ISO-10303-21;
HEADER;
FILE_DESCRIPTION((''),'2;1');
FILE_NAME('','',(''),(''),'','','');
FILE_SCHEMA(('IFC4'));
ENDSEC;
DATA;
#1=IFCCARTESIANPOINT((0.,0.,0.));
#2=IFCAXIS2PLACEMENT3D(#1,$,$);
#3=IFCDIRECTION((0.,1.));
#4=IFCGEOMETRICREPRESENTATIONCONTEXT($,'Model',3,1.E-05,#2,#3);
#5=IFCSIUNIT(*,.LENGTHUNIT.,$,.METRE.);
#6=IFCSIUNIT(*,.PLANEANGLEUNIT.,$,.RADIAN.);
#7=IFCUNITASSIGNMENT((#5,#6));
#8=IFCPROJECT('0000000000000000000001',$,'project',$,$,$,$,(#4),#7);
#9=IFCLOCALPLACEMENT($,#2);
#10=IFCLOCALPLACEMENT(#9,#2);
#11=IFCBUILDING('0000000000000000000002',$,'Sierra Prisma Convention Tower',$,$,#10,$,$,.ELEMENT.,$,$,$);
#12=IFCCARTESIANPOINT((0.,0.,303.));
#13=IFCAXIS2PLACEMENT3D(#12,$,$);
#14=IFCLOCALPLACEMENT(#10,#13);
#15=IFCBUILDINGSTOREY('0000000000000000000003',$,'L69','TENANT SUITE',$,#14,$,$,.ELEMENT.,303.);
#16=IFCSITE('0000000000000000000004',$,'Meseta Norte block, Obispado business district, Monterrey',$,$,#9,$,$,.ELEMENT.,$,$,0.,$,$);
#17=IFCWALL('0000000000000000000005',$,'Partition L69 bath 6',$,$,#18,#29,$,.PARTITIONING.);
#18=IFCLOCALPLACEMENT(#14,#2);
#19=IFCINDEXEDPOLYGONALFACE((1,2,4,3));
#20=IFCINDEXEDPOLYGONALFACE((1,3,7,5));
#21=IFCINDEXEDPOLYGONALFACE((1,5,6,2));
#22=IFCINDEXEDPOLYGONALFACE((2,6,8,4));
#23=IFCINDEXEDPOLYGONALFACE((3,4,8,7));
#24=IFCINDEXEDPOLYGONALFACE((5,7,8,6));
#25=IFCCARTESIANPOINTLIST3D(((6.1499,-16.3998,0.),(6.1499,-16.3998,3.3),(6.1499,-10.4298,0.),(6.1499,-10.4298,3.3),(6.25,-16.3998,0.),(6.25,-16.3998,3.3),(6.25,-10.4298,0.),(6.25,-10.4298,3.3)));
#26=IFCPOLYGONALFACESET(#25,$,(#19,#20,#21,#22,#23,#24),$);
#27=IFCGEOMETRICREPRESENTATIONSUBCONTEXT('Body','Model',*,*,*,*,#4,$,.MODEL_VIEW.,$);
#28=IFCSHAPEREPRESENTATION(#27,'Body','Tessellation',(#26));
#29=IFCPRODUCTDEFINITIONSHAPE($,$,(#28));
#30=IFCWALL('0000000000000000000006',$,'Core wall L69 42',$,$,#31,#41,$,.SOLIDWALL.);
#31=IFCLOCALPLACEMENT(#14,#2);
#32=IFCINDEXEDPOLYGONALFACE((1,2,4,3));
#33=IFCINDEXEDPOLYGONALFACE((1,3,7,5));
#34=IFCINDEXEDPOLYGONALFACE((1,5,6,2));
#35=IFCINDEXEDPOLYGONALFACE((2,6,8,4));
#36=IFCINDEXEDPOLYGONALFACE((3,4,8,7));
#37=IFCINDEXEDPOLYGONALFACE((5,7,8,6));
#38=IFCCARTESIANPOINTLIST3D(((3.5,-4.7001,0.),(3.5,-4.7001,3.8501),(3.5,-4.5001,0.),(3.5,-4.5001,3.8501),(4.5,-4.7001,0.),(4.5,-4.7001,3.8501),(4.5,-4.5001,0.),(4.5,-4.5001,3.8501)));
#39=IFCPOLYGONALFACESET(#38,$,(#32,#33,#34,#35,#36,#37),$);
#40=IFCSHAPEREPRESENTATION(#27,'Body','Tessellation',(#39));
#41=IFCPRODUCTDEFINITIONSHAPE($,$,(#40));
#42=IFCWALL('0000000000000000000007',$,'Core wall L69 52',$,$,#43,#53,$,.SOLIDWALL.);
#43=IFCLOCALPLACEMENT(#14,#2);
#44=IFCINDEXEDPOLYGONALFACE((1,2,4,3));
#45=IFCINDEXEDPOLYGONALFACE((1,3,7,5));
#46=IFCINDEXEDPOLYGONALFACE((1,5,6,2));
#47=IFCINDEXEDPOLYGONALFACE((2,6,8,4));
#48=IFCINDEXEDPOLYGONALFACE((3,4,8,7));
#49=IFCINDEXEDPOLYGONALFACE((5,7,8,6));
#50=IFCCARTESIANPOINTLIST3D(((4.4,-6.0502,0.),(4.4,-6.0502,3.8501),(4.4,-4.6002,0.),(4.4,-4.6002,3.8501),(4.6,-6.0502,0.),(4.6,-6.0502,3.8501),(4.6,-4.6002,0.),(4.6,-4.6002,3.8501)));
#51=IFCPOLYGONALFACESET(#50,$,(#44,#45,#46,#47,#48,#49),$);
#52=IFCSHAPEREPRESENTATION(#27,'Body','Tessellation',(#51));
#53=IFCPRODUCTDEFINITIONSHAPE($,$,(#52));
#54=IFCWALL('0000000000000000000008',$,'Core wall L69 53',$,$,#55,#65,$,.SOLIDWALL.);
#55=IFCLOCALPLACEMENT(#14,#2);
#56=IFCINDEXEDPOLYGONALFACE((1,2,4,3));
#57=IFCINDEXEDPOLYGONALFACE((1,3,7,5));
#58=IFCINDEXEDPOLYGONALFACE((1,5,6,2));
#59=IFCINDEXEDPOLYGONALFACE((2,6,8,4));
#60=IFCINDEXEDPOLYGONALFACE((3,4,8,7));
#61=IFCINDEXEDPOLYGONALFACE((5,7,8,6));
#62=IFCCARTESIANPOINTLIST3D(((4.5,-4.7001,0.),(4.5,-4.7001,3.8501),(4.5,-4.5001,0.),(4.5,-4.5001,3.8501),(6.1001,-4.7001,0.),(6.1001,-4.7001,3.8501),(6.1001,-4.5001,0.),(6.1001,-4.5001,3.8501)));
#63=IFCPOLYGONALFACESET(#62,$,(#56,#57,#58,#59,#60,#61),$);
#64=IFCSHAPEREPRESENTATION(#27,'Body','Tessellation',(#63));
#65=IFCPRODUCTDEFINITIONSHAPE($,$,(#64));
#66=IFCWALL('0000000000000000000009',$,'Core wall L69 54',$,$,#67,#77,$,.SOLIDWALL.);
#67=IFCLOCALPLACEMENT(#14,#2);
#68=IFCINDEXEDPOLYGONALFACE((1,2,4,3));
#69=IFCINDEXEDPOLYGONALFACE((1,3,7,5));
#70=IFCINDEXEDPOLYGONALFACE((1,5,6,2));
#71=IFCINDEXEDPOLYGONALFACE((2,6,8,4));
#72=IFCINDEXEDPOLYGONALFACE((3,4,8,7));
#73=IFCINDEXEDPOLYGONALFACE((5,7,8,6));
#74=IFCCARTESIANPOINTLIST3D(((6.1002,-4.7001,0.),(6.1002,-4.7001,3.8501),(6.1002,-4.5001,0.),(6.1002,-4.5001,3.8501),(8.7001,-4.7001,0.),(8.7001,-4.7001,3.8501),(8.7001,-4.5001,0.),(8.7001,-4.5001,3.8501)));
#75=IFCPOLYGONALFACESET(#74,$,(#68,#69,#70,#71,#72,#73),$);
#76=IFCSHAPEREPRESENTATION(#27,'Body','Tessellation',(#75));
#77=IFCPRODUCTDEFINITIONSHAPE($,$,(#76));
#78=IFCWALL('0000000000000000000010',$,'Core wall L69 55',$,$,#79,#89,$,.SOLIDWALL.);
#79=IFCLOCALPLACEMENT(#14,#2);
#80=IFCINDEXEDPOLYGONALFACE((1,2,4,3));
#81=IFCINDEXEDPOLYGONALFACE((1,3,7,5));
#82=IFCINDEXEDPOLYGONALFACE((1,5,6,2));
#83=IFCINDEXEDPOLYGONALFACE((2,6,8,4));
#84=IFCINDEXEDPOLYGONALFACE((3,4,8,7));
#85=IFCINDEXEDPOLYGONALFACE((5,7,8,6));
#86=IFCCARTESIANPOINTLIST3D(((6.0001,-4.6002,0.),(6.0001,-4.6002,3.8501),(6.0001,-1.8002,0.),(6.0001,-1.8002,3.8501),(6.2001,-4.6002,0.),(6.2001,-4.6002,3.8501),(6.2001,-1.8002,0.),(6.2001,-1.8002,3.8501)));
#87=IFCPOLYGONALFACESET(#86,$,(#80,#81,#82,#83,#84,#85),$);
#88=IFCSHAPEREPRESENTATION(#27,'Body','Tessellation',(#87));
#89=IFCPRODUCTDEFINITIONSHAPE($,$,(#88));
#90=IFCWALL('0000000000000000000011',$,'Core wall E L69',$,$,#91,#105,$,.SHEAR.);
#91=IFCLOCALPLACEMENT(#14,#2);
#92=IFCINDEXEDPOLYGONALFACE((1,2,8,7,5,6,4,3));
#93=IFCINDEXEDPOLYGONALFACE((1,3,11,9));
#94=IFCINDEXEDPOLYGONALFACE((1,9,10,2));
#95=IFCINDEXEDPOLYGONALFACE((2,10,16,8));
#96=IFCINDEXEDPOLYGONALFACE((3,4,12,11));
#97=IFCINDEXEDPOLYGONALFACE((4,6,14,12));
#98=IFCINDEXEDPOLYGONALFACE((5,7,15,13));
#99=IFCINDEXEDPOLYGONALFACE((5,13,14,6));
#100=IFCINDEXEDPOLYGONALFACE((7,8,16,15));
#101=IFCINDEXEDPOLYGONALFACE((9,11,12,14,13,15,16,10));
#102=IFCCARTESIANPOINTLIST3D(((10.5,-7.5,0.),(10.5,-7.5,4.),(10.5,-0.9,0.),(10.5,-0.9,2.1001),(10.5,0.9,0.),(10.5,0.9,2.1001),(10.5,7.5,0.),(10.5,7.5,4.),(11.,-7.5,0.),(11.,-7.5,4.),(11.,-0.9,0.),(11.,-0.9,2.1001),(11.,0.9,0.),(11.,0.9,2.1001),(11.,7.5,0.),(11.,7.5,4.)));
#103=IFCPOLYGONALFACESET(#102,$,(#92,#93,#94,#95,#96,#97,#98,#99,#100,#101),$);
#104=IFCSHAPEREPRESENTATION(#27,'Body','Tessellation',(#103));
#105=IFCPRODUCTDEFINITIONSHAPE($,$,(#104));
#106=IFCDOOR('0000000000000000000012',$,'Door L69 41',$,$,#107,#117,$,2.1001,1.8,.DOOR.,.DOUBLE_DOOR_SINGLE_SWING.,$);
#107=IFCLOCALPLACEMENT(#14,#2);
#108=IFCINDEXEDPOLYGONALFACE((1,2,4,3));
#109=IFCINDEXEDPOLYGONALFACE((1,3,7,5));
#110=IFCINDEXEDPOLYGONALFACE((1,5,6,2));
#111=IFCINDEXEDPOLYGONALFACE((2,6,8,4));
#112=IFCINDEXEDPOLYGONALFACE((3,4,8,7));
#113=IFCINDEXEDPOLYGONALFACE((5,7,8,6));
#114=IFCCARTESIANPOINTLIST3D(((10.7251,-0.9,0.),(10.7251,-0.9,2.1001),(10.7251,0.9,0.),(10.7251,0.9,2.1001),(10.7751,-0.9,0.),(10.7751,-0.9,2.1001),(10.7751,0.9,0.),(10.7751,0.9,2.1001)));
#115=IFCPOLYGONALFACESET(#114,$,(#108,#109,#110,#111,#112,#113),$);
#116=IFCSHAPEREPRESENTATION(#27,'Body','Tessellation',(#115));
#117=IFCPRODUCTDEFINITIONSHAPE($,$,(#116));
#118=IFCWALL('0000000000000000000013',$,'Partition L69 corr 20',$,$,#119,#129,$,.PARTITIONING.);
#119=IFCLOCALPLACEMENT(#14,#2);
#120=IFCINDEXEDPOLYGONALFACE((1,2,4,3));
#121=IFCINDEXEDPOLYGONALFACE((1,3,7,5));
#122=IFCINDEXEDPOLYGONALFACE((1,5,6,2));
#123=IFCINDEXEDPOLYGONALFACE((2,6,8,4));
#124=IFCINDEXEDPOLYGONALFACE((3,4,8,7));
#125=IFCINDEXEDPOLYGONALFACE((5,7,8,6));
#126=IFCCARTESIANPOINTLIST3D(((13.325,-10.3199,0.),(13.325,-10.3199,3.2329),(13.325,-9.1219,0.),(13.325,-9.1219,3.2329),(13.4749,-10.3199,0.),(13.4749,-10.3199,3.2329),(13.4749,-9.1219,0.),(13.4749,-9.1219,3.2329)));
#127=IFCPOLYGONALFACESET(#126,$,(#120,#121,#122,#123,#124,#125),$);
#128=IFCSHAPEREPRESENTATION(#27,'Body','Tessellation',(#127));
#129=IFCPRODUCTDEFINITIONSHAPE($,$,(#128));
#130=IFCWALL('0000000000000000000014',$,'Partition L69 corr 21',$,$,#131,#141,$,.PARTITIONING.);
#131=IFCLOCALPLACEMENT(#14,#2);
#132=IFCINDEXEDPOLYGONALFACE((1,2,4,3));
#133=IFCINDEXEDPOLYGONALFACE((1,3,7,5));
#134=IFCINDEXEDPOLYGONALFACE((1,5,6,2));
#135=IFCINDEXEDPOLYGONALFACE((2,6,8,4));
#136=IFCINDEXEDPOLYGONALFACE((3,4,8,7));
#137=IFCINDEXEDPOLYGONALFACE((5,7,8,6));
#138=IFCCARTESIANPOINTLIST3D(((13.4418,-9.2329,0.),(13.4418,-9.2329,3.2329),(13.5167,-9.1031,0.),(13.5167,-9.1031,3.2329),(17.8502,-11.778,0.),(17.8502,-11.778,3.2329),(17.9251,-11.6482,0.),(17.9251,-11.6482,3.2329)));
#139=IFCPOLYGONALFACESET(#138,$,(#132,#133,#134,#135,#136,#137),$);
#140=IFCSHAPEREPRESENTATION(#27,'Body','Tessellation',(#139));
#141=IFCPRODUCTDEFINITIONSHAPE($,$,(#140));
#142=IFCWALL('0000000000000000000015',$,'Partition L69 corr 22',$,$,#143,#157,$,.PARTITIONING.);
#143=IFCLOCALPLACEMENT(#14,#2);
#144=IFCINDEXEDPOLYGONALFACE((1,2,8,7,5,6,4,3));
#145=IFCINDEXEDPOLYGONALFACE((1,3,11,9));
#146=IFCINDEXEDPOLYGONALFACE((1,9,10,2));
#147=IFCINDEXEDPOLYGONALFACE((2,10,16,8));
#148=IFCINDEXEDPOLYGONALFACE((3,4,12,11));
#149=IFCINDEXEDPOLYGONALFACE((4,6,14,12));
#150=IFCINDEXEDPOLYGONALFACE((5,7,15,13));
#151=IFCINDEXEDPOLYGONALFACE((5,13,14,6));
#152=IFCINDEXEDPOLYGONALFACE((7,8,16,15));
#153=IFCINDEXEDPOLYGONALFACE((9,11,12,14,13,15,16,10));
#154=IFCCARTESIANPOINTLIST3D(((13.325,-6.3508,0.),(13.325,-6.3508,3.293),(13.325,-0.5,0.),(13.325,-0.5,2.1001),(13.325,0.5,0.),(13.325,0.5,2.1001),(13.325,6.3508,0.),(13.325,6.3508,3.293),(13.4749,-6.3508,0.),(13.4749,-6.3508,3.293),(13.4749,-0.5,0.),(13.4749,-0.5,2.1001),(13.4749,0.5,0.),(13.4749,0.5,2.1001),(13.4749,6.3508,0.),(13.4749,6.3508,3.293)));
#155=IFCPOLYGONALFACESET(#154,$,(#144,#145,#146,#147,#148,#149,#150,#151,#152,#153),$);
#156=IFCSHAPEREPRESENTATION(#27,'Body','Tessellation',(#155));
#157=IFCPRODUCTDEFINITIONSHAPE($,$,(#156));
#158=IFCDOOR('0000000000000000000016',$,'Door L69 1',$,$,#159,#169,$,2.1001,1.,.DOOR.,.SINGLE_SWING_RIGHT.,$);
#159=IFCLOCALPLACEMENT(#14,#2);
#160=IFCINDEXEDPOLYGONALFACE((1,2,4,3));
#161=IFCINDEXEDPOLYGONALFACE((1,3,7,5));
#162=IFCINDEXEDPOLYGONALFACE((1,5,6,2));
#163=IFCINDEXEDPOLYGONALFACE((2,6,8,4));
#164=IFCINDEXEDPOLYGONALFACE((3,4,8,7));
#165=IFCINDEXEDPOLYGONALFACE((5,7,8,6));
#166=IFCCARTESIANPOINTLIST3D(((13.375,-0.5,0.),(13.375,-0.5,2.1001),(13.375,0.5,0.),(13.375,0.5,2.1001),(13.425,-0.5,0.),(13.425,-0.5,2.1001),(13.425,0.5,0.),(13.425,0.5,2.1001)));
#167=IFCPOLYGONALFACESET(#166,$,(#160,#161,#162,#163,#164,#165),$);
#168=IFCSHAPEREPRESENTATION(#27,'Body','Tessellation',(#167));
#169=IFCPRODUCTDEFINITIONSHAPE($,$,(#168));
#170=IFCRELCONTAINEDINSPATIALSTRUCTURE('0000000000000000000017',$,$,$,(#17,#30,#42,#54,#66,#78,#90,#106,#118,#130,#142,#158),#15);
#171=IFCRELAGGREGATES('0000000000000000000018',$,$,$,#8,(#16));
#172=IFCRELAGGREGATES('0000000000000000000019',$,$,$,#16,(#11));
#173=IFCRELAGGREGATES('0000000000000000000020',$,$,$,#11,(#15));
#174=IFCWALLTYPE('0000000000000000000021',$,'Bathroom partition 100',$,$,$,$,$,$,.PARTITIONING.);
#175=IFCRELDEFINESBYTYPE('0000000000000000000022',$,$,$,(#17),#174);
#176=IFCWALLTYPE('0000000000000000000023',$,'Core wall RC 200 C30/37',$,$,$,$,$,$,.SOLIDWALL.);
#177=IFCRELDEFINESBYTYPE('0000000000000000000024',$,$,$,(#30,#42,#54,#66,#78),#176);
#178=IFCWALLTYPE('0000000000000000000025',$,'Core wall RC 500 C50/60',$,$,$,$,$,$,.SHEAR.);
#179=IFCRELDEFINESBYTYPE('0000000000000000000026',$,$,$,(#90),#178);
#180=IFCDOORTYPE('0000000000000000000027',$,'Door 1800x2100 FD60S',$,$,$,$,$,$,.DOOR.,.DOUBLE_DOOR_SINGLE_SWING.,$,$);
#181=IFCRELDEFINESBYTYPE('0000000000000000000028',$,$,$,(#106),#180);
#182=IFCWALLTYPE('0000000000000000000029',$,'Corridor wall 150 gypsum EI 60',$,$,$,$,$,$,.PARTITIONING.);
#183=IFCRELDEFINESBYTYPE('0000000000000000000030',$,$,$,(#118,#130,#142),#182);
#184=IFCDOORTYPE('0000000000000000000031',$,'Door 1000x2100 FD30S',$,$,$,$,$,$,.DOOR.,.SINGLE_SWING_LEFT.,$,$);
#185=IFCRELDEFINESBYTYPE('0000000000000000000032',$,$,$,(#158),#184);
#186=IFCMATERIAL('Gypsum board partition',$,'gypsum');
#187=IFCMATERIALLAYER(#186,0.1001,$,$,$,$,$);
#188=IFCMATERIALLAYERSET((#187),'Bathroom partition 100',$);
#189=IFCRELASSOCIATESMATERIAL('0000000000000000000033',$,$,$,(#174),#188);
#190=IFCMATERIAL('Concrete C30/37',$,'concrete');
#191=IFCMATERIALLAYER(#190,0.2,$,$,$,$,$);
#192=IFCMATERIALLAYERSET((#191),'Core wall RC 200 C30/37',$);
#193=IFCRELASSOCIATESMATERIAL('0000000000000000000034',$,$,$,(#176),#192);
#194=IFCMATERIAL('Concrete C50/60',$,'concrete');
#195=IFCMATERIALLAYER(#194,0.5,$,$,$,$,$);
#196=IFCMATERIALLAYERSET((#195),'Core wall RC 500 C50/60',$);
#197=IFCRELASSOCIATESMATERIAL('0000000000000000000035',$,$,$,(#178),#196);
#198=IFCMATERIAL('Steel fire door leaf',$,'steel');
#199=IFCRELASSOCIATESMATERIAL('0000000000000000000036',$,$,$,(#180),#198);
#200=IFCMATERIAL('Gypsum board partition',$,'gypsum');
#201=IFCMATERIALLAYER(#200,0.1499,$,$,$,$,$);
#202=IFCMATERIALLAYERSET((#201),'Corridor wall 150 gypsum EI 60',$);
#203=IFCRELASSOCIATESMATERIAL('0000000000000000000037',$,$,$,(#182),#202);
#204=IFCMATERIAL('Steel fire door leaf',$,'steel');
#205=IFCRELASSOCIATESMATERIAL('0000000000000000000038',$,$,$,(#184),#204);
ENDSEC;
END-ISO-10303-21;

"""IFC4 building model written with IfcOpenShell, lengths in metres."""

from ifc_helpers import new_model, si_unit, direction, frame, frame_2d, origin, place, context, subcontext, project, spatial, rectangle, extrude, material, layer, layer_set, type_object, element, fill, save


model = new_model("IFC4")

# Units and contexts
model_context = context("Model", 3, precision=1e-05, world=origin(), true_north=direction((0.0, 1.0)))
body_context = subcontext(model_context, "Body", "Model", "MODEL_VIEW")
ifc_project = project(units=[si_unit("LENGTHUNIT", "METRE"), si_unit("PLANEANGLEUNIT", "RADIAN")], contexts=[model_context])

# Site, building, storey
site_placement = place(None, origin())
site = spatial("IfcSite", under=ifc_project, at=site_placement, Name="Meseta Norte block, Obispado business district, Monterrey", CompositionType="ELEMENT", RefElevation=0.0)
building_placement = place(site_placement, origin())
building = spatial("IfcBuilding", under=site, at=building_placement, Name="Sierra Prisma Convention Tower", CompositionType="ELEMENT")
storey_placement = place(building_placement, frame((0.0, 0.0, 303.0)))
storey = spatial("IfcBuildingStorey", under=building, at=storey_placement, Name="L69", Description="TENANT SUITE", CompositionType="ELEMENT", Elevation=303.0)

# Walls
ifc_material_1 = material(Name="Gypsum board partition", Category="gypsum")
ifc_layer_1 = layer(ifc_material_1, 0.1001)
ifc_layer_set_1 = layer_set([ifc_layer_1], Name="Bathroom partition 100")
wall_type_1 = type_object("IfcWallType", Name="Bathroom partition 100", PredefinedType="PARTITIONING", material=ifc_layer_set_1)
wall_1_placement = place(storey_placement, frame((6.2, -10.4299, 0.0), z_axis=(0.0, 0.0, 1.0), x_axis=(0.0, -1.0, 0.0)))
element("IfcWall", 1, at=wall_1_placement, inside=storey, type_object=wall_type_1, Name="Partition L69 bath 6", PredefinedType="PARTITIONING", context=body_context, shape_type="SweptSolid", body=[
    extrude(rectangle(XDim=5.97, YDim=0.1001, at=frame_2d((2.9849, 0.0))), origin(), (0.0, 0.0, 1.0), 3.3),
])
ifc_material_2 = material(Name="Concrete C30/37", Category="concrete")
ifc_layer_2 = layer(ifc_material_2, 0.2)
ifc_layer_set_2 = layer_set([ifc_layer_2], Name="Core wall RC 200 C30/37")
wall_type_2 = type_object("IfcWallType", Name="Core wall RC 200 C30/37", PredefinedType="SOLIDWALL", material=ifc_layer_set_2)
wall_2_placement = place(storey_placement, frame((4.5, -4.6001, 0.0), z_axis=(0.0, 0.0, 1.0), x_axis=(-1.0, 0.0, 0.0)))
element("IfcWall", 2, at=wall_2_placement, inside=storey, type_object=wall_type_2, Name="Core wall L69 42", PredefinedType="SOLIDWALL", context=body_context, shape_type="SweptSolid", body=[
    extrude(rectangle(XDim=1.0, YDim=0.2, at=frame_2d((0.5, 0.0))), origin(), (0.0, 0.0, 1.0), 3.8501),
])
wall_3_placement = place(storey_placement, frame((4.5, -4.6001, 0.0), z_axis=(0.0, 0.0, 1.0), x_axis=(0.0, -1.0, 0.0)))
element("IfcWall", 3, at=wall_3_placement, inside=storey, type_object=wall_type_2, Name="Core wall L69 52", PredefinedType="SOLIDWALL", context=body_context, shape_type="SweptSolid", body=[
    extrude(rectangle(XDim=1.45, YDim=0.2, at=frame_2d((0.7251, 0.0))), origin(), (0.0, 0.0, 1.0), 3.8501),
])
wall_4_placement = place(storey_placement, frame((6.1001, -4.6001, 0.0), z_axis=(0.0, 0.0, 1.0), x_axis=(-1.0, 0.0, 0.0)))
element("IfcWall", 4, at=wall_4_placement, inside=storey, type_object=wall_type_2, Name="Core wall L69 53", PredefinedType="SOLIDWALL", context=body_context, shape_type="SweptSolid", body=[
    extrude(rectangle(XDim=1.6001, YDim=0.2, at=frame_2d((0.8, 0.0))), origin(), (0.0, 0.0, 1.0), 3.8501),
])
wall_5_placement = place(storey_placement, frame((8.7, -4.6001, 0.0), z_axis=(0.0, 0.0, 1.0), x_axis=(-1.0, 0.0, 0.0)))
element("IfcWall", 5, at=wall_5_placement, inside=storey, type_object=wall_type_2, Name="Core wall L69 54", PredefinedType="SOLIDWALL", context=body_context, shape_type="SweptSolid", body=[
    extrude(rectangle(XDim=2.5999, YDim=0.2, at=frame_2d((1.2998, 0.0))), origin(), (0.0, 0.0, 1.0), 3.8501),
])
wall_6_placement = place(storey_placement, frame((6.1001, -4.6001, 0.0), z_axis=(0.0, 0.0, 1.0), x_axis=(0.0, 1.0, 0.0)))
element("IfcWall", 6, at=wall_6_placement, inside=storey, type_object=wall_type_2, Name="Core wall L69 55", PredefinedType="SOLIDWALL", context=body_context, shape_type="SweptSolid", body=[
    extrude(rectangle(XDim=2.8, YDim=0.2, at=frame_2d((1.3999, 0.0))), origin(), (0.0, 0.0, 1.0), 3.8501),
])

# Wall, opening, door
ifc_material_3 = material(Name="Concrete C50/60", Category="concrete")
ifc_layer_3 = layer(ifc_material_3, 0.5)
ifc_layer_set_3 = layer_set([ifc_layer_3], Name="Core wall RC 500 C50/60")
wall_type_3 = type_object("IfcWallType", Name="Core wall RC 500 C50/60", PredefinedType="SHEAR", material=ifc_layer_set_3)
wall_7_placement = place(storey_placement, frame((10.75, -7.5, 0.0), z_axis=(0.0, 0.0, 1.0), x_axis=(0.0, 1.0, 0.0)))
wall_7 = element("IfcWall", 7, at=wall_7_placement, inside=storey, type_object=wall_type_3, Name="Core wall E L69", PredefinedType="SHEAR", context=body_context, shape_type="SweptSolid", body=[
    extrude(rectangle(XDim=15.0, YDim=0.5, at=frame_2d((7.5, 0.0))), origin(), (0.0, 0.0, 1.0), 4.0),
])
opening_1_placement = place(wall_7_placement, frame((6.6001, 0.0, 0.0)))
opening_1 = element("IfcOpeningElement", 8, at=opening_1_placement, cuts=wall_7, PredefinedType="OPENING", context=body_context, shape_type="SweptSolid", body=[
    extrude(rectangle(XDim=1.8, YDim=2.1001, at=frame_2d((0.8999, 1.05))), frame((0.0, 0.25, 0.0), z_axis=(0.0, -1.0, 0.0), x_axis=(1.0, 0.0, 0.0)), (0.0, 0.0, 1.0), 0.5),
])
ifc_material_4 = material(Name="Steel fire door leaf", Category="steel")
door_type_1 = type_object("IfcDoorType", Name="Door 1800x2100 FD60S", OperationType="DOUBLE_DOOR_SINGLE_SWING", PredefinedType="DOOR", material=ifc_material_4)
door_1_placement = place(opening_1_placement, origin())
door_1 = element("IfcDoor", 9, at=door_1_placement, inside=storey, type_object=door_type_1, Name="Door L69 41", OperationType="DOUBLE_DOOR_SINGLE_SWING", OverallHeight=2.1001, OverallWidth=1.8, PredefinedType="DOOR", context=body_context, shape_type="SweptSolid", body=[
    extrude(rectangle(XDim=1.8, YDim=2.1001, at=frame_2d((0.8999, 1.05))), frame((0.0, 0.0249, 0.0), z_axis=(0.0, -1.0, 0.0), x_axis=(1.0, 0.0, 0.0)), (0.0, 0.0, 1.0), 0.05),
])
fill(opening_1, door_1)

# Walls
ifc_material_5 = material(Name="Gypsum board partition", Category="gypsum")
ifc_layer_4 = layer(ifc_material_5, 0.1499)
ifc_layer_set_4 = layer_set([ifc_layer_4], Name="Corridor wall 150 gypsum EI 60")
wall_type_4 = type_object("IfcWallType", Name="Corridor wall 150 gypsum EI 60", PredefinedType="PARTITIONING", material=ifc_layer_set_4)
wall_8_placement = place(storey_placement, frame((13.3999, -10.3201, 0.0), z_axis=(0.0, 0.0, 1.0), x_axis=(0.0, 1.0, 0.0)))
element("IfcWall", 10, at=wall_8_placement, inside=storey, type_object=wall_type_4, Name="Partition L69 corr 20", PredefinedType="PARTITIONING", context=body_context, shape_type="SweptSolid", body=[
    extrude(rectangle(XDim=1.198, YDim=0.1499, at=frame_2d((0.5991, 0.0))), origin(), (0.0, 0.0, 1.0), 3.2329),
])
wall_9_placement = place(storey_placement, frame((13.4792, -9.168, 0.0), z_axis=(0.0, 0.0, 1.0), x_axis=(0.86603, -0.499992, 0.0)))
element("IfcWall", 11, at=wall_9_placement, inside=storey, type_object=wall_type_4, Name="Partition L69 corr 21", PredefinedType="PARTITIONING", context=body_context, shape_type="SweptSolid", body=[
    extrude(rectangle(XDim=5.0903, YDim=0.1499, at=frame_2d((2.5452, 0.0))), origin(), (0.0, 0.0, 1.0), 3.2329),
])

# Wall, opening, door
wall_10_placement = place(storey_placement, frame((13.3999, -6.3508, 0.0), z_axis=(0.0, 0.0, 1.0), x_axis=(0.0, 1.0, 0.0)))
wall_10 = element("IfcWall", 12, at=wall_10_placement, inside=storey, type_object=wall_type_4, Name="Partition L69 corr 22", PredefinedType="PARTITIONING", context=body_context, shape_type="SweptSolid", body=[
    extrude(rectangle(XDim=12.7017, YDim=0.1499, at=frame_2d((6.3508, 0.0))), origin(), (0.0, 0.0, 1.0), 3.293),
])
opening_2_placement = place(wall_10_placement, frame((5.8508, 0.0, 0.0)))
opening_2 = element("IfcOpeningElement", 13, at=opening_2_placement, cuts=wall_10, PredefinedType="OPENING", context=body_context, shape_type="SweptSolid", body=[
    extrude(rectangle(XDim=1.0, YDim=2.1001, at=frame_2d((0.5, 1.05))), frame((0.0, 0.075, 0.0), z_axis=(0.0, -1.0, 0.0), x_axis=(1.0, 0.0, 0.0)), (0.0, 0.0, 1.0), 0.1499),
])
ifc_material_6 = material(Name="Steel fire door leaf", Category="steel")
door_type_2 = type_object("IfcDoorType", Name="Door 1000x2100 FD30S", OperationType="SINGLE_SWING_LEFT", PredefinedType="DOOR", material=ifc_material_6)
door_2_placement = place(opening_2_placement, origin())
door_2 = element("IfcDoor", 14, at=door_2_placement, inside=storey, type_object=door_type_2, Name="Door L69 1", OperationType="SINGLE_SWING_RIGHT", OverallHeight=2.1001, OverallWidth=1.0, PredefinedType="DOOR", context=body_context, shape_type="SweptSolid", body=[
    extrude(rectangle(XDim=1.0, YDim=2.1001, at=frame_2d((0.5, 1.05))), frame((0.0, 0.0249, 0.0), z_axis=(0.0, -1.0, 0.0), x_axis=(1.0, 0.0, 0.0)), (0.0, 0.0, 1.0), 0.05),
])
fill(opening_2, door_2)

save(model, "model.ifc")
